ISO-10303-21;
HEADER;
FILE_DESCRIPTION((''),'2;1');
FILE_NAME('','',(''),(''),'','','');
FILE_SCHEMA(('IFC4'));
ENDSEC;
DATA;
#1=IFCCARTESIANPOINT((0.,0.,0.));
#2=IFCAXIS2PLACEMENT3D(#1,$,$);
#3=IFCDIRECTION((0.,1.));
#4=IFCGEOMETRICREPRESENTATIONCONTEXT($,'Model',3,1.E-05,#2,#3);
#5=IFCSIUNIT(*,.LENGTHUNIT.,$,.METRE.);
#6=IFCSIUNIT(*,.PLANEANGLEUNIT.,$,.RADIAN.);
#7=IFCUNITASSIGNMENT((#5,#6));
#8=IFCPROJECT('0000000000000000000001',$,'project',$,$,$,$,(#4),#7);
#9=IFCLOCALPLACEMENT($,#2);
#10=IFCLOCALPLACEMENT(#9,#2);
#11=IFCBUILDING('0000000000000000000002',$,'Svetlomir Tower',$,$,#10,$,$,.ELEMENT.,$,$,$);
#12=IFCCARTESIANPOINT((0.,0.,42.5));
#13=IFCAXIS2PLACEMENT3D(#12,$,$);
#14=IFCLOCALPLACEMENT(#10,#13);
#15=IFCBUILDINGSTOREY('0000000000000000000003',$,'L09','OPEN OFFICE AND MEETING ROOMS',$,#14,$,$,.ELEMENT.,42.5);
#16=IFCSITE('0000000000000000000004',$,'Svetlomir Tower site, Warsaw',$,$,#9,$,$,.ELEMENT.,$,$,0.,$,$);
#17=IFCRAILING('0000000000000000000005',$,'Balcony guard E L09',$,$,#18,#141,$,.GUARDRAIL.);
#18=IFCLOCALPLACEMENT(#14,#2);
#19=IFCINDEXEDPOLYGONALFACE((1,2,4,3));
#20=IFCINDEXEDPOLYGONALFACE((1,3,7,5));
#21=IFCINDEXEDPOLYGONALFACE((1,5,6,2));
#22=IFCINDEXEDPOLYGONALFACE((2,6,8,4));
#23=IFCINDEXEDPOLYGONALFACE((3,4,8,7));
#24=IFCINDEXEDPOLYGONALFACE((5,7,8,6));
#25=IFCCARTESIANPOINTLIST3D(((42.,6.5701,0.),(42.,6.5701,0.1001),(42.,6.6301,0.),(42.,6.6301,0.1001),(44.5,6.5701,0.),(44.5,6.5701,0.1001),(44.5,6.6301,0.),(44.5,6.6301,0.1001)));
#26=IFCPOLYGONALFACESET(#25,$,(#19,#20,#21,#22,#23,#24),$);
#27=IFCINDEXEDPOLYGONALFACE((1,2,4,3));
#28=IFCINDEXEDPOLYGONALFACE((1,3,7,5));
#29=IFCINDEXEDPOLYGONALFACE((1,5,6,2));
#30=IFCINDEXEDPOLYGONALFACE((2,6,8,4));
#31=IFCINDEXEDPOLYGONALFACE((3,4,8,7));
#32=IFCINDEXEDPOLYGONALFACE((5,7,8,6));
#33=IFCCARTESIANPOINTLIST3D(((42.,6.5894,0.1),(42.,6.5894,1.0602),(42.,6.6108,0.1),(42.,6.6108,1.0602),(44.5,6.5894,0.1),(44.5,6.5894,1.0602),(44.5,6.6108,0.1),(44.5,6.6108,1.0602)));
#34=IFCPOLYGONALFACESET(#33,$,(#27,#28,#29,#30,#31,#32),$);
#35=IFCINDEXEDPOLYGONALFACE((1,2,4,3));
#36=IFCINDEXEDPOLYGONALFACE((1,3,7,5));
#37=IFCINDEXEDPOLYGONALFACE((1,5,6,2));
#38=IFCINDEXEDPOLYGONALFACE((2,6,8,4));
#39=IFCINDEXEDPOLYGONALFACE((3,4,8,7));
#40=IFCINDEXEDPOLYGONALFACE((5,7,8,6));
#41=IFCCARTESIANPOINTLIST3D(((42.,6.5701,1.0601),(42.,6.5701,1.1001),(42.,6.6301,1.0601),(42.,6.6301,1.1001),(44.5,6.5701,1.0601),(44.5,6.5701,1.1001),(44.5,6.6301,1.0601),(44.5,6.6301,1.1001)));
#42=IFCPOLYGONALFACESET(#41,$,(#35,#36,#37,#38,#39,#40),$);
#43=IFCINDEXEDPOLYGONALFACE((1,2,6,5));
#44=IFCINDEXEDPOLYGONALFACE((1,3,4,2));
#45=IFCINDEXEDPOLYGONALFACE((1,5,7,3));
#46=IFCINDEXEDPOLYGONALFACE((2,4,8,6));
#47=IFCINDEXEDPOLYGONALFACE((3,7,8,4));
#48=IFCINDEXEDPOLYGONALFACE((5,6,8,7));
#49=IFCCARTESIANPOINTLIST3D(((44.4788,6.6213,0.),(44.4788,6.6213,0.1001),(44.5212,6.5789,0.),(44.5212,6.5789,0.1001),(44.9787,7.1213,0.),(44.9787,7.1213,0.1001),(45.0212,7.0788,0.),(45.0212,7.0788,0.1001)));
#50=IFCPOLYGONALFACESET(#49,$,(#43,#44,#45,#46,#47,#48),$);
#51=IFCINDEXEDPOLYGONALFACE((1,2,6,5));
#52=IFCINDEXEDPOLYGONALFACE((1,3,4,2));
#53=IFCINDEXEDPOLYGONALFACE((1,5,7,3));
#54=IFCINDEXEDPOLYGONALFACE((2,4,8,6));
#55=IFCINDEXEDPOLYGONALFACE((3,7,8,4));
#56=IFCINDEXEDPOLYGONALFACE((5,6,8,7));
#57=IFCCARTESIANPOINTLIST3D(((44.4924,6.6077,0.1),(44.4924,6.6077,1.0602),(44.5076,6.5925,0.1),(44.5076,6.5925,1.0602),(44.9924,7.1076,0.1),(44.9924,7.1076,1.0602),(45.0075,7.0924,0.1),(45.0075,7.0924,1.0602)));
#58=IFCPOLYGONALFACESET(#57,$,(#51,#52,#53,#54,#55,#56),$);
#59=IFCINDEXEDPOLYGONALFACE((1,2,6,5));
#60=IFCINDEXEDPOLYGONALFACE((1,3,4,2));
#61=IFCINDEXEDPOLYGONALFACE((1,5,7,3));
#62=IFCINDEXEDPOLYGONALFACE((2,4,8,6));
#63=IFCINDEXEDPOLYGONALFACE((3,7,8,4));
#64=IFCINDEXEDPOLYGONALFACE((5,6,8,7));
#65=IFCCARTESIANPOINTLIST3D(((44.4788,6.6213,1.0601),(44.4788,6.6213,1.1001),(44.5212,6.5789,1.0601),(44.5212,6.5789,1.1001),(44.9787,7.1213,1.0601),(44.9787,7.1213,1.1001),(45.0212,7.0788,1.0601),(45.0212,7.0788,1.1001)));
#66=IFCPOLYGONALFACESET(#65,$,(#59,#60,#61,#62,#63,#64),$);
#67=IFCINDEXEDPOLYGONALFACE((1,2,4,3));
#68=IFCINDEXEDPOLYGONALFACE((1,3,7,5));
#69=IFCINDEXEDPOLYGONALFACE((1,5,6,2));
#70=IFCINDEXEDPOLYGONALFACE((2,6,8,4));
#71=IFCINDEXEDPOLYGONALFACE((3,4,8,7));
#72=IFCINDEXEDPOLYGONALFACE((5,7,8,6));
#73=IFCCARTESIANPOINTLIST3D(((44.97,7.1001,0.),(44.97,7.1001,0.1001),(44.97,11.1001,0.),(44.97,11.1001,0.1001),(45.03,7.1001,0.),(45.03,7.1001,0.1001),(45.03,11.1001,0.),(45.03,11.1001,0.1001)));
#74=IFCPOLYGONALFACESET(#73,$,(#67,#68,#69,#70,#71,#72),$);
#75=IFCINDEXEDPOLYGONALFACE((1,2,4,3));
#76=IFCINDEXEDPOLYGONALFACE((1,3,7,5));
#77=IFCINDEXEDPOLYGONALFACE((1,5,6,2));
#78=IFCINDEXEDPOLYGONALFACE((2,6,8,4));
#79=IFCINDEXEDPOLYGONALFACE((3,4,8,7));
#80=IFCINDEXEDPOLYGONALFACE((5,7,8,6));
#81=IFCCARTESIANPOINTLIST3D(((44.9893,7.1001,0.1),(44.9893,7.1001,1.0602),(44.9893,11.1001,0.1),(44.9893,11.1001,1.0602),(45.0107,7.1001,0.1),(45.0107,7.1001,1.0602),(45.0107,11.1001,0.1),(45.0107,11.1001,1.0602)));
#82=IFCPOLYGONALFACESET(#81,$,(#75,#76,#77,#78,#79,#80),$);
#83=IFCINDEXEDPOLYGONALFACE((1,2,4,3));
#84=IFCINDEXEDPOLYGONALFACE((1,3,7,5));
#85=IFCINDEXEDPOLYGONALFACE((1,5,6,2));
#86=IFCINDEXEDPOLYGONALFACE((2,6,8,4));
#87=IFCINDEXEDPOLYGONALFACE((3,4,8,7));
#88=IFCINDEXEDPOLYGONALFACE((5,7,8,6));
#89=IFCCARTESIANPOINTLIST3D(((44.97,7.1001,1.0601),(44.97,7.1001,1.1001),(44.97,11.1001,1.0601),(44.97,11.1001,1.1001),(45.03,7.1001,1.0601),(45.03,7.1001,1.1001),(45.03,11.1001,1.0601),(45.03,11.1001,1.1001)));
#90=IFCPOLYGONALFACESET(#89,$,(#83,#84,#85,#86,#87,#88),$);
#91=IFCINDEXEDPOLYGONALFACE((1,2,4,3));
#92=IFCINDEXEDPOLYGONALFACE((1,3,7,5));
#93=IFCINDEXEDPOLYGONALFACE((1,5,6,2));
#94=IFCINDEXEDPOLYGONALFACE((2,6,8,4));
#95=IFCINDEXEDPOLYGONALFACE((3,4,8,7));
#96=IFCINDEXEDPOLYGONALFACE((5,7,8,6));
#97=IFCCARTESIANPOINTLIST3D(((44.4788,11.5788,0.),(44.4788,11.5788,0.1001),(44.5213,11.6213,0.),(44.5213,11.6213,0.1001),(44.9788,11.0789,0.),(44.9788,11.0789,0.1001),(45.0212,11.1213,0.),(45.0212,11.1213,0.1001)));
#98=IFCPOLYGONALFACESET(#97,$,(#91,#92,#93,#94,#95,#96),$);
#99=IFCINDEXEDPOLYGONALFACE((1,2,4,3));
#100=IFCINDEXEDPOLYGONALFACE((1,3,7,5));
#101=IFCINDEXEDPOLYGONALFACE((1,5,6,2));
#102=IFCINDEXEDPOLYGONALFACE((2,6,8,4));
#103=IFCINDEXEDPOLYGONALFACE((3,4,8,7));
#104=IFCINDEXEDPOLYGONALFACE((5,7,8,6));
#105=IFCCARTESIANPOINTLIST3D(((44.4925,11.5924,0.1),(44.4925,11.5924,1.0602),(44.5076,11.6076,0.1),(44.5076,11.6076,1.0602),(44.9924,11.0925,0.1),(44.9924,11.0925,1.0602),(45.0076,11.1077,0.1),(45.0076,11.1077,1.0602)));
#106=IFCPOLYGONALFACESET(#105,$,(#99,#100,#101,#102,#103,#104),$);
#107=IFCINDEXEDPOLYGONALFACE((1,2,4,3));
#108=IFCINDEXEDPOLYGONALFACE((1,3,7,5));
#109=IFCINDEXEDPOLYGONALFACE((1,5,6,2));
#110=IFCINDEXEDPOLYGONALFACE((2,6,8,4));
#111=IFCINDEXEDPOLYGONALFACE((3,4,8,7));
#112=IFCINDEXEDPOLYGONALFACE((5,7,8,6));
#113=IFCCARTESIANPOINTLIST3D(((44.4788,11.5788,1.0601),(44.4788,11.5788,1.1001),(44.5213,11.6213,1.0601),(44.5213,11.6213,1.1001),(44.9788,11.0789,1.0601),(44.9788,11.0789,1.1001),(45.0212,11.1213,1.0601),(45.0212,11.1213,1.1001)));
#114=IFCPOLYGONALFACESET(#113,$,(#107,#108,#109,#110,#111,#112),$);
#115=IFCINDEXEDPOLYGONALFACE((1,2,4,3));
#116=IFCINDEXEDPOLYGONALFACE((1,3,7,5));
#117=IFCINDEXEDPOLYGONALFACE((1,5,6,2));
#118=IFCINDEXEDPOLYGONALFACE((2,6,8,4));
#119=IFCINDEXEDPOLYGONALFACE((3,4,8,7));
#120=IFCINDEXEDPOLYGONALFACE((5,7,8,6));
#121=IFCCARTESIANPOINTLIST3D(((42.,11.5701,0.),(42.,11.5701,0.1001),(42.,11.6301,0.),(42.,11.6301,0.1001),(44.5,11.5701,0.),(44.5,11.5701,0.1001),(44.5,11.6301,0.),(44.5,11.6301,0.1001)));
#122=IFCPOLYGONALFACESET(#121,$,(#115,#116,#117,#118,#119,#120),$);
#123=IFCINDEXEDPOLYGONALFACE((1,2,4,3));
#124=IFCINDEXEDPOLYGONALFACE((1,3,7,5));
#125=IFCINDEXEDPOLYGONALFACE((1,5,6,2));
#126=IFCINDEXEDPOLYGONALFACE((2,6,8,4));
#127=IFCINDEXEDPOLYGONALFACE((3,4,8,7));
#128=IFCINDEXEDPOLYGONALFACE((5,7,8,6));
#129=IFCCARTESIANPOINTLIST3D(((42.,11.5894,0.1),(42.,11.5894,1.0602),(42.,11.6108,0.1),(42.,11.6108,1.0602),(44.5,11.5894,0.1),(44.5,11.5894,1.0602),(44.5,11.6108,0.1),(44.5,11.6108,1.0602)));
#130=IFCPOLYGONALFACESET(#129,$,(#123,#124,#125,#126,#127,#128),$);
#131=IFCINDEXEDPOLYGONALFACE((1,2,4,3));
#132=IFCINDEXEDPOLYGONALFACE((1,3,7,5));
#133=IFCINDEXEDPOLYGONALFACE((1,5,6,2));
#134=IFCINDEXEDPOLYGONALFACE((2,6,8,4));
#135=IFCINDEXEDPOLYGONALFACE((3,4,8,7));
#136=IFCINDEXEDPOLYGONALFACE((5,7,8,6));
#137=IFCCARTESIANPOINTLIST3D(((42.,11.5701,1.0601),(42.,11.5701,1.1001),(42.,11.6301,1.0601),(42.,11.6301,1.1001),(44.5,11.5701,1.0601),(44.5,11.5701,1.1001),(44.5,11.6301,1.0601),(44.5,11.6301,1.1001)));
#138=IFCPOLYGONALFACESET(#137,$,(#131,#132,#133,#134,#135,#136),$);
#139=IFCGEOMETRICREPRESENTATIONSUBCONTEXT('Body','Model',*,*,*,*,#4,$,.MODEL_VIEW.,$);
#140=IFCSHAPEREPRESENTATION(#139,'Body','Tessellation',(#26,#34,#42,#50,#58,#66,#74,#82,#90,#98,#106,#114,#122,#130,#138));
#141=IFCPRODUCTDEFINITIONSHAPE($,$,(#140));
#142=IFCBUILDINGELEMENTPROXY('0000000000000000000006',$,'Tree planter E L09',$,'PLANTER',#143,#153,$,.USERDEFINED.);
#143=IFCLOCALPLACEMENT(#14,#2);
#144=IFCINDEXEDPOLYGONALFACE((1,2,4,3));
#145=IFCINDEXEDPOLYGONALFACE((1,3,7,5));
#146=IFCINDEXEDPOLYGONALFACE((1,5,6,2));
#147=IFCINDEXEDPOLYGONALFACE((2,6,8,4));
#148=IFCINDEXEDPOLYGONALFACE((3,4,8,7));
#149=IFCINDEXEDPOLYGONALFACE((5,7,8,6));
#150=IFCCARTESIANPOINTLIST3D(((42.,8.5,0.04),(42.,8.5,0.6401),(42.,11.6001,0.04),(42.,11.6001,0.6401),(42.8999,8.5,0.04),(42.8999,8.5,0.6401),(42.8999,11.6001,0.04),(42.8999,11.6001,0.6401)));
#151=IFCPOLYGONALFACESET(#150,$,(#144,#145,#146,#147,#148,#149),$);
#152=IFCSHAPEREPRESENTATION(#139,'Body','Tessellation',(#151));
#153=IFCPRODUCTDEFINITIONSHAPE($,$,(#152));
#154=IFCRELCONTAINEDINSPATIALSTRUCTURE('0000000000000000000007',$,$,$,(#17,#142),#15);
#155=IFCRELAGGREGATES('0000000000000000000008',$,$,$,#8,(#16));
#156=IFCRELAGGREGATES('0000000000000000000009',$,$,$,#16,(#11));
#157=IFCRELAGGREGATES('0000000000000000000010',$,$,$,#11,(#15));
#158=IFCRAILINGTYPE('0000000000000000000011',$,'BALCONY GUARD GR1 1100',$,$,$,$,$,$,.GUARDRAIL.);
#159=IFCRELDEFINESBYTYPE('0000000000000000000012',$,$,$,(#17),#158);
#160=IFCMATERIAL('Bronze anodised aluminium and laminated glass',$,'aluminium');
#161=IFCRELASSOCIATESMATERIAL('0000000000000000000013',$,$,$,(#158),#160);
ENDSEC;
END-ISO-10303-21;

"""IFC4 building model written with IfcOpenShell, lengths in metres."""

from ifc_helpers import new_model, si_unit, direction, frame, origin, origin_2d, place, context, subcontext, project, spatial, rectangle, extrude, material, type_object, element, save


model = new_model("IFC4")

# Units and contexts
model_context = context("Model", 3, precision=1e-05, world=origin(), true_north=direction((0.0, 1.0)))
body_context = subcontext(model_context, "Body", "Model", "MODEL_VIEW")
ifc_project = project(units=[si_unit("LENGTHUNIT", "METRE"), si_unit("PLANEANGLEUNIT", "RADIAN")], contexts=[model_context])

# Site, building, storey
site_placement = place(None, origin())
site = spatial("IfcSite", under=ifc_project, at=site_placement, Name="Svetlomir Tower site, Warsaw", CompositionType="ELEMENT", RefElevation=0.0)
building_placement = place(site_placement, origin())
building = spatial("IfcBuilding", under=site, at=building_placement, Name="Svetlomir Tower", CompositionType="ELEMENT")
storey_placement = place(building_placement, frame((0.0, 0.0, 42.5)))
storey = spatial("IfcBuildingStorey", under=building, at=storey_placement, Name="L09", Description="OPEN OFFICE AND MEETING ROOMS", CompositionType="ELEMENT", Elevation=42.5)

# Railing
ifc_material_1 = material(Name="Bronze anodised aluminium and laminated glass", Category="aluminium")
railing_type = type_object("IfcRailingType", Name="BALCONY GUARD GR1 1100", PredefinedType="GUARDRAIL", material=ifc_material_1)
railing_placement = place(storey_placement, frame((42.0, 6.6001, 0.0)))
element("IfcRailing", 1, at=railing_placement, inside=storey, type_object=railing_type, Name="Balcony guard E L09", PredefinedType="GUARDRAIL", context=body_context, shape_type="SweptSolid", body=[
    extrude(rectangle(XDim=0.0601, YDim=0.1001, at=origin_2d()), frame((0.0, 0.0, 0.05), z_axis=(1.0, 0.0, 0.0), x_axis=(0.0, 1.0, 0.0)), (0.0, 0.0, 1.0), 2.5),
    extrude(rectangle(XDim=0.0215, YDim=0.9602, at=origin_2d()), frame((0.0, 0.0, 0.5801), z_axis=(1.0, 0.0, 0.0), x_axis=(0.0, 1.0, 0.0)), (0.0, 0.0, 1.0), 2.5),
    extrude(rectangle(XDim=0.0601, YDim=0.04, at=origin_2d()), frame((0.0, 0.0, 1.0801), z_axis=(1.0, 0.0, 0.0), x_axis=(0.0, 1.0, 0.0)), (0.0, 0.0, 1.0), 2.5),
    extrude(rectangle(XDim=0.0601, YDim=0.1001, at=origin_2d()), frame((2.5, 0.0, 0.05), z_axis=(0.707107, 0.707107, 0.0), x_axis=(-0.707107, 0.707107, 0.0)), (0.0, 0.0, 1.0), 0.707),
    extrude(rectangle(XDim=0.0215, YDim=0.9602, at=origin_2d()), frame((2.5, 0.0, 0.5801), z_axis=(0.707107, 0.707107, 0.0), x_axis=(-0.707107, 0.707107, 0.0)), (0.0, 0.0, 1.0), 0.707),
    extrude(rectangle(XDim=0.0601, YDim=0.04, at=origin_2d()), frame((2.5, 0.0, 1.0801), z_axis=(0.707107, 0.707107, 0.0), x_axis=(-0.707107, 0.707107, 0.0)), (0.0, 0.0, 1.0), 0.707),
    extrude(rectangle(XDim=0.0601, YDim=0.1001, at=origin_2d()), frame((3.0, 0.5, 0.05), z_axis=(0.0, 1.0, 0.0), x_axis=(-1.0, 0.0, 0.0)), (0.0, 0.0, 1.0), 4.0),
    extrude(rectangle(XDim=0.0215, YDim=0.9602, at=origin_2d()), frame((3.0, 0.5, 0.5801), z_axis=(0.0, 1.0, 0.0), x_axis=(-1.0, 0.0, 0.0)), (0.0, 0.0, 1.0), 4.0),
    extrude(rectangle(XDim=0.0601, YDim=0.04, at=origin_2d()), frame((3.0, 0.5, 1.0801), z_axis=(0.0, 1.0, 0.0), x_axis=(-1.0, 0.0, 0.0)), (0.0, 0.0, 1.0), 4.0),
    extrude(rectangle(XDim=0.0601, YDim=0.1001, at=origin_2d()), frame((3.0, 4.5, 0.05), z_axis=(-0.707107, 0.707107, 0.0), x_axis=(-0.707107, -0.707107, 0.0)), (0.0, 0.0, 1.0), 0.707),
    extrude(rectangle(XDim=0.0215, YDim=0.9602, at=origin_2d()), frame((3.0, 4.5, 0.5801), z_axis=(-0.707107, 0.707107, 0.0), x_axis=(-0.707107, -0.707107, 0.0)), (0.0, 0.0, 1.0), 0.707),
    extrude(rectangle(XDim=0.0601, YDim=0.04, at=origin_2d()), frame((3.0, 4.5, 1.0801), z_axis=(-0.707107, 0.707107, 0.0), x_axis=(-0.707107, -0.707107, 0.0)), (0.0, 0.0, 1.0), 0.707),
    extrude(rectangle(XDim=0.0601, YDim=0.1001, at=origin_2d()), frame((2.5, 5.0, 0.05), z_axis=(-1.0, 0.0, 0.0), x_axis=(0.0, -1.0, 0.0)), (0.0, 0.0, 1.0), 2.5),
    extrude(rectangle(XDim=0.0215, YDim=0.9602, at=origin_2d()), frame((2.5, 5.0, 0.5801), z_axis=(-1.0, 0.0, 0.0), x_axis=(0.0, -1.0, 0.0)), (0.0, 0.0, 1.0), 2.5),
    extrude(rectangle(XDim=0.0601, YDim=0.04, at=origin_2d()), frame((2.5, 5.0, 1.0801), z_axis=(-1.0, 0.0, 0.0), x_axis=(0.0, -1.0, 0.0)), (0.0, 0.0, 1.0), 2.5),
])

# Building element proxy
proxy_placement = place(storey_placement, frame((42.45, 10.05, 0.04), z_axis=(0.0, 0.0, 1.0), x_axis=(1.0, 0.0, 0.0)))
element("IfcBuildingElementProxy", 2, at=proxy_placement, inside=storey, Name="Tree planter E L09", ObjectType="PLANTER", PredefinedType="USERDEFINED", context=body_context, shape_type="SweptSolid", body=[
    extrude(rectangle(XDim=0.8999, YDim=3.1001, at=origin_2d()), origin(), (0.0, 0.0, 1.0), 0.6001),
])

save(model, "model.ifc")
